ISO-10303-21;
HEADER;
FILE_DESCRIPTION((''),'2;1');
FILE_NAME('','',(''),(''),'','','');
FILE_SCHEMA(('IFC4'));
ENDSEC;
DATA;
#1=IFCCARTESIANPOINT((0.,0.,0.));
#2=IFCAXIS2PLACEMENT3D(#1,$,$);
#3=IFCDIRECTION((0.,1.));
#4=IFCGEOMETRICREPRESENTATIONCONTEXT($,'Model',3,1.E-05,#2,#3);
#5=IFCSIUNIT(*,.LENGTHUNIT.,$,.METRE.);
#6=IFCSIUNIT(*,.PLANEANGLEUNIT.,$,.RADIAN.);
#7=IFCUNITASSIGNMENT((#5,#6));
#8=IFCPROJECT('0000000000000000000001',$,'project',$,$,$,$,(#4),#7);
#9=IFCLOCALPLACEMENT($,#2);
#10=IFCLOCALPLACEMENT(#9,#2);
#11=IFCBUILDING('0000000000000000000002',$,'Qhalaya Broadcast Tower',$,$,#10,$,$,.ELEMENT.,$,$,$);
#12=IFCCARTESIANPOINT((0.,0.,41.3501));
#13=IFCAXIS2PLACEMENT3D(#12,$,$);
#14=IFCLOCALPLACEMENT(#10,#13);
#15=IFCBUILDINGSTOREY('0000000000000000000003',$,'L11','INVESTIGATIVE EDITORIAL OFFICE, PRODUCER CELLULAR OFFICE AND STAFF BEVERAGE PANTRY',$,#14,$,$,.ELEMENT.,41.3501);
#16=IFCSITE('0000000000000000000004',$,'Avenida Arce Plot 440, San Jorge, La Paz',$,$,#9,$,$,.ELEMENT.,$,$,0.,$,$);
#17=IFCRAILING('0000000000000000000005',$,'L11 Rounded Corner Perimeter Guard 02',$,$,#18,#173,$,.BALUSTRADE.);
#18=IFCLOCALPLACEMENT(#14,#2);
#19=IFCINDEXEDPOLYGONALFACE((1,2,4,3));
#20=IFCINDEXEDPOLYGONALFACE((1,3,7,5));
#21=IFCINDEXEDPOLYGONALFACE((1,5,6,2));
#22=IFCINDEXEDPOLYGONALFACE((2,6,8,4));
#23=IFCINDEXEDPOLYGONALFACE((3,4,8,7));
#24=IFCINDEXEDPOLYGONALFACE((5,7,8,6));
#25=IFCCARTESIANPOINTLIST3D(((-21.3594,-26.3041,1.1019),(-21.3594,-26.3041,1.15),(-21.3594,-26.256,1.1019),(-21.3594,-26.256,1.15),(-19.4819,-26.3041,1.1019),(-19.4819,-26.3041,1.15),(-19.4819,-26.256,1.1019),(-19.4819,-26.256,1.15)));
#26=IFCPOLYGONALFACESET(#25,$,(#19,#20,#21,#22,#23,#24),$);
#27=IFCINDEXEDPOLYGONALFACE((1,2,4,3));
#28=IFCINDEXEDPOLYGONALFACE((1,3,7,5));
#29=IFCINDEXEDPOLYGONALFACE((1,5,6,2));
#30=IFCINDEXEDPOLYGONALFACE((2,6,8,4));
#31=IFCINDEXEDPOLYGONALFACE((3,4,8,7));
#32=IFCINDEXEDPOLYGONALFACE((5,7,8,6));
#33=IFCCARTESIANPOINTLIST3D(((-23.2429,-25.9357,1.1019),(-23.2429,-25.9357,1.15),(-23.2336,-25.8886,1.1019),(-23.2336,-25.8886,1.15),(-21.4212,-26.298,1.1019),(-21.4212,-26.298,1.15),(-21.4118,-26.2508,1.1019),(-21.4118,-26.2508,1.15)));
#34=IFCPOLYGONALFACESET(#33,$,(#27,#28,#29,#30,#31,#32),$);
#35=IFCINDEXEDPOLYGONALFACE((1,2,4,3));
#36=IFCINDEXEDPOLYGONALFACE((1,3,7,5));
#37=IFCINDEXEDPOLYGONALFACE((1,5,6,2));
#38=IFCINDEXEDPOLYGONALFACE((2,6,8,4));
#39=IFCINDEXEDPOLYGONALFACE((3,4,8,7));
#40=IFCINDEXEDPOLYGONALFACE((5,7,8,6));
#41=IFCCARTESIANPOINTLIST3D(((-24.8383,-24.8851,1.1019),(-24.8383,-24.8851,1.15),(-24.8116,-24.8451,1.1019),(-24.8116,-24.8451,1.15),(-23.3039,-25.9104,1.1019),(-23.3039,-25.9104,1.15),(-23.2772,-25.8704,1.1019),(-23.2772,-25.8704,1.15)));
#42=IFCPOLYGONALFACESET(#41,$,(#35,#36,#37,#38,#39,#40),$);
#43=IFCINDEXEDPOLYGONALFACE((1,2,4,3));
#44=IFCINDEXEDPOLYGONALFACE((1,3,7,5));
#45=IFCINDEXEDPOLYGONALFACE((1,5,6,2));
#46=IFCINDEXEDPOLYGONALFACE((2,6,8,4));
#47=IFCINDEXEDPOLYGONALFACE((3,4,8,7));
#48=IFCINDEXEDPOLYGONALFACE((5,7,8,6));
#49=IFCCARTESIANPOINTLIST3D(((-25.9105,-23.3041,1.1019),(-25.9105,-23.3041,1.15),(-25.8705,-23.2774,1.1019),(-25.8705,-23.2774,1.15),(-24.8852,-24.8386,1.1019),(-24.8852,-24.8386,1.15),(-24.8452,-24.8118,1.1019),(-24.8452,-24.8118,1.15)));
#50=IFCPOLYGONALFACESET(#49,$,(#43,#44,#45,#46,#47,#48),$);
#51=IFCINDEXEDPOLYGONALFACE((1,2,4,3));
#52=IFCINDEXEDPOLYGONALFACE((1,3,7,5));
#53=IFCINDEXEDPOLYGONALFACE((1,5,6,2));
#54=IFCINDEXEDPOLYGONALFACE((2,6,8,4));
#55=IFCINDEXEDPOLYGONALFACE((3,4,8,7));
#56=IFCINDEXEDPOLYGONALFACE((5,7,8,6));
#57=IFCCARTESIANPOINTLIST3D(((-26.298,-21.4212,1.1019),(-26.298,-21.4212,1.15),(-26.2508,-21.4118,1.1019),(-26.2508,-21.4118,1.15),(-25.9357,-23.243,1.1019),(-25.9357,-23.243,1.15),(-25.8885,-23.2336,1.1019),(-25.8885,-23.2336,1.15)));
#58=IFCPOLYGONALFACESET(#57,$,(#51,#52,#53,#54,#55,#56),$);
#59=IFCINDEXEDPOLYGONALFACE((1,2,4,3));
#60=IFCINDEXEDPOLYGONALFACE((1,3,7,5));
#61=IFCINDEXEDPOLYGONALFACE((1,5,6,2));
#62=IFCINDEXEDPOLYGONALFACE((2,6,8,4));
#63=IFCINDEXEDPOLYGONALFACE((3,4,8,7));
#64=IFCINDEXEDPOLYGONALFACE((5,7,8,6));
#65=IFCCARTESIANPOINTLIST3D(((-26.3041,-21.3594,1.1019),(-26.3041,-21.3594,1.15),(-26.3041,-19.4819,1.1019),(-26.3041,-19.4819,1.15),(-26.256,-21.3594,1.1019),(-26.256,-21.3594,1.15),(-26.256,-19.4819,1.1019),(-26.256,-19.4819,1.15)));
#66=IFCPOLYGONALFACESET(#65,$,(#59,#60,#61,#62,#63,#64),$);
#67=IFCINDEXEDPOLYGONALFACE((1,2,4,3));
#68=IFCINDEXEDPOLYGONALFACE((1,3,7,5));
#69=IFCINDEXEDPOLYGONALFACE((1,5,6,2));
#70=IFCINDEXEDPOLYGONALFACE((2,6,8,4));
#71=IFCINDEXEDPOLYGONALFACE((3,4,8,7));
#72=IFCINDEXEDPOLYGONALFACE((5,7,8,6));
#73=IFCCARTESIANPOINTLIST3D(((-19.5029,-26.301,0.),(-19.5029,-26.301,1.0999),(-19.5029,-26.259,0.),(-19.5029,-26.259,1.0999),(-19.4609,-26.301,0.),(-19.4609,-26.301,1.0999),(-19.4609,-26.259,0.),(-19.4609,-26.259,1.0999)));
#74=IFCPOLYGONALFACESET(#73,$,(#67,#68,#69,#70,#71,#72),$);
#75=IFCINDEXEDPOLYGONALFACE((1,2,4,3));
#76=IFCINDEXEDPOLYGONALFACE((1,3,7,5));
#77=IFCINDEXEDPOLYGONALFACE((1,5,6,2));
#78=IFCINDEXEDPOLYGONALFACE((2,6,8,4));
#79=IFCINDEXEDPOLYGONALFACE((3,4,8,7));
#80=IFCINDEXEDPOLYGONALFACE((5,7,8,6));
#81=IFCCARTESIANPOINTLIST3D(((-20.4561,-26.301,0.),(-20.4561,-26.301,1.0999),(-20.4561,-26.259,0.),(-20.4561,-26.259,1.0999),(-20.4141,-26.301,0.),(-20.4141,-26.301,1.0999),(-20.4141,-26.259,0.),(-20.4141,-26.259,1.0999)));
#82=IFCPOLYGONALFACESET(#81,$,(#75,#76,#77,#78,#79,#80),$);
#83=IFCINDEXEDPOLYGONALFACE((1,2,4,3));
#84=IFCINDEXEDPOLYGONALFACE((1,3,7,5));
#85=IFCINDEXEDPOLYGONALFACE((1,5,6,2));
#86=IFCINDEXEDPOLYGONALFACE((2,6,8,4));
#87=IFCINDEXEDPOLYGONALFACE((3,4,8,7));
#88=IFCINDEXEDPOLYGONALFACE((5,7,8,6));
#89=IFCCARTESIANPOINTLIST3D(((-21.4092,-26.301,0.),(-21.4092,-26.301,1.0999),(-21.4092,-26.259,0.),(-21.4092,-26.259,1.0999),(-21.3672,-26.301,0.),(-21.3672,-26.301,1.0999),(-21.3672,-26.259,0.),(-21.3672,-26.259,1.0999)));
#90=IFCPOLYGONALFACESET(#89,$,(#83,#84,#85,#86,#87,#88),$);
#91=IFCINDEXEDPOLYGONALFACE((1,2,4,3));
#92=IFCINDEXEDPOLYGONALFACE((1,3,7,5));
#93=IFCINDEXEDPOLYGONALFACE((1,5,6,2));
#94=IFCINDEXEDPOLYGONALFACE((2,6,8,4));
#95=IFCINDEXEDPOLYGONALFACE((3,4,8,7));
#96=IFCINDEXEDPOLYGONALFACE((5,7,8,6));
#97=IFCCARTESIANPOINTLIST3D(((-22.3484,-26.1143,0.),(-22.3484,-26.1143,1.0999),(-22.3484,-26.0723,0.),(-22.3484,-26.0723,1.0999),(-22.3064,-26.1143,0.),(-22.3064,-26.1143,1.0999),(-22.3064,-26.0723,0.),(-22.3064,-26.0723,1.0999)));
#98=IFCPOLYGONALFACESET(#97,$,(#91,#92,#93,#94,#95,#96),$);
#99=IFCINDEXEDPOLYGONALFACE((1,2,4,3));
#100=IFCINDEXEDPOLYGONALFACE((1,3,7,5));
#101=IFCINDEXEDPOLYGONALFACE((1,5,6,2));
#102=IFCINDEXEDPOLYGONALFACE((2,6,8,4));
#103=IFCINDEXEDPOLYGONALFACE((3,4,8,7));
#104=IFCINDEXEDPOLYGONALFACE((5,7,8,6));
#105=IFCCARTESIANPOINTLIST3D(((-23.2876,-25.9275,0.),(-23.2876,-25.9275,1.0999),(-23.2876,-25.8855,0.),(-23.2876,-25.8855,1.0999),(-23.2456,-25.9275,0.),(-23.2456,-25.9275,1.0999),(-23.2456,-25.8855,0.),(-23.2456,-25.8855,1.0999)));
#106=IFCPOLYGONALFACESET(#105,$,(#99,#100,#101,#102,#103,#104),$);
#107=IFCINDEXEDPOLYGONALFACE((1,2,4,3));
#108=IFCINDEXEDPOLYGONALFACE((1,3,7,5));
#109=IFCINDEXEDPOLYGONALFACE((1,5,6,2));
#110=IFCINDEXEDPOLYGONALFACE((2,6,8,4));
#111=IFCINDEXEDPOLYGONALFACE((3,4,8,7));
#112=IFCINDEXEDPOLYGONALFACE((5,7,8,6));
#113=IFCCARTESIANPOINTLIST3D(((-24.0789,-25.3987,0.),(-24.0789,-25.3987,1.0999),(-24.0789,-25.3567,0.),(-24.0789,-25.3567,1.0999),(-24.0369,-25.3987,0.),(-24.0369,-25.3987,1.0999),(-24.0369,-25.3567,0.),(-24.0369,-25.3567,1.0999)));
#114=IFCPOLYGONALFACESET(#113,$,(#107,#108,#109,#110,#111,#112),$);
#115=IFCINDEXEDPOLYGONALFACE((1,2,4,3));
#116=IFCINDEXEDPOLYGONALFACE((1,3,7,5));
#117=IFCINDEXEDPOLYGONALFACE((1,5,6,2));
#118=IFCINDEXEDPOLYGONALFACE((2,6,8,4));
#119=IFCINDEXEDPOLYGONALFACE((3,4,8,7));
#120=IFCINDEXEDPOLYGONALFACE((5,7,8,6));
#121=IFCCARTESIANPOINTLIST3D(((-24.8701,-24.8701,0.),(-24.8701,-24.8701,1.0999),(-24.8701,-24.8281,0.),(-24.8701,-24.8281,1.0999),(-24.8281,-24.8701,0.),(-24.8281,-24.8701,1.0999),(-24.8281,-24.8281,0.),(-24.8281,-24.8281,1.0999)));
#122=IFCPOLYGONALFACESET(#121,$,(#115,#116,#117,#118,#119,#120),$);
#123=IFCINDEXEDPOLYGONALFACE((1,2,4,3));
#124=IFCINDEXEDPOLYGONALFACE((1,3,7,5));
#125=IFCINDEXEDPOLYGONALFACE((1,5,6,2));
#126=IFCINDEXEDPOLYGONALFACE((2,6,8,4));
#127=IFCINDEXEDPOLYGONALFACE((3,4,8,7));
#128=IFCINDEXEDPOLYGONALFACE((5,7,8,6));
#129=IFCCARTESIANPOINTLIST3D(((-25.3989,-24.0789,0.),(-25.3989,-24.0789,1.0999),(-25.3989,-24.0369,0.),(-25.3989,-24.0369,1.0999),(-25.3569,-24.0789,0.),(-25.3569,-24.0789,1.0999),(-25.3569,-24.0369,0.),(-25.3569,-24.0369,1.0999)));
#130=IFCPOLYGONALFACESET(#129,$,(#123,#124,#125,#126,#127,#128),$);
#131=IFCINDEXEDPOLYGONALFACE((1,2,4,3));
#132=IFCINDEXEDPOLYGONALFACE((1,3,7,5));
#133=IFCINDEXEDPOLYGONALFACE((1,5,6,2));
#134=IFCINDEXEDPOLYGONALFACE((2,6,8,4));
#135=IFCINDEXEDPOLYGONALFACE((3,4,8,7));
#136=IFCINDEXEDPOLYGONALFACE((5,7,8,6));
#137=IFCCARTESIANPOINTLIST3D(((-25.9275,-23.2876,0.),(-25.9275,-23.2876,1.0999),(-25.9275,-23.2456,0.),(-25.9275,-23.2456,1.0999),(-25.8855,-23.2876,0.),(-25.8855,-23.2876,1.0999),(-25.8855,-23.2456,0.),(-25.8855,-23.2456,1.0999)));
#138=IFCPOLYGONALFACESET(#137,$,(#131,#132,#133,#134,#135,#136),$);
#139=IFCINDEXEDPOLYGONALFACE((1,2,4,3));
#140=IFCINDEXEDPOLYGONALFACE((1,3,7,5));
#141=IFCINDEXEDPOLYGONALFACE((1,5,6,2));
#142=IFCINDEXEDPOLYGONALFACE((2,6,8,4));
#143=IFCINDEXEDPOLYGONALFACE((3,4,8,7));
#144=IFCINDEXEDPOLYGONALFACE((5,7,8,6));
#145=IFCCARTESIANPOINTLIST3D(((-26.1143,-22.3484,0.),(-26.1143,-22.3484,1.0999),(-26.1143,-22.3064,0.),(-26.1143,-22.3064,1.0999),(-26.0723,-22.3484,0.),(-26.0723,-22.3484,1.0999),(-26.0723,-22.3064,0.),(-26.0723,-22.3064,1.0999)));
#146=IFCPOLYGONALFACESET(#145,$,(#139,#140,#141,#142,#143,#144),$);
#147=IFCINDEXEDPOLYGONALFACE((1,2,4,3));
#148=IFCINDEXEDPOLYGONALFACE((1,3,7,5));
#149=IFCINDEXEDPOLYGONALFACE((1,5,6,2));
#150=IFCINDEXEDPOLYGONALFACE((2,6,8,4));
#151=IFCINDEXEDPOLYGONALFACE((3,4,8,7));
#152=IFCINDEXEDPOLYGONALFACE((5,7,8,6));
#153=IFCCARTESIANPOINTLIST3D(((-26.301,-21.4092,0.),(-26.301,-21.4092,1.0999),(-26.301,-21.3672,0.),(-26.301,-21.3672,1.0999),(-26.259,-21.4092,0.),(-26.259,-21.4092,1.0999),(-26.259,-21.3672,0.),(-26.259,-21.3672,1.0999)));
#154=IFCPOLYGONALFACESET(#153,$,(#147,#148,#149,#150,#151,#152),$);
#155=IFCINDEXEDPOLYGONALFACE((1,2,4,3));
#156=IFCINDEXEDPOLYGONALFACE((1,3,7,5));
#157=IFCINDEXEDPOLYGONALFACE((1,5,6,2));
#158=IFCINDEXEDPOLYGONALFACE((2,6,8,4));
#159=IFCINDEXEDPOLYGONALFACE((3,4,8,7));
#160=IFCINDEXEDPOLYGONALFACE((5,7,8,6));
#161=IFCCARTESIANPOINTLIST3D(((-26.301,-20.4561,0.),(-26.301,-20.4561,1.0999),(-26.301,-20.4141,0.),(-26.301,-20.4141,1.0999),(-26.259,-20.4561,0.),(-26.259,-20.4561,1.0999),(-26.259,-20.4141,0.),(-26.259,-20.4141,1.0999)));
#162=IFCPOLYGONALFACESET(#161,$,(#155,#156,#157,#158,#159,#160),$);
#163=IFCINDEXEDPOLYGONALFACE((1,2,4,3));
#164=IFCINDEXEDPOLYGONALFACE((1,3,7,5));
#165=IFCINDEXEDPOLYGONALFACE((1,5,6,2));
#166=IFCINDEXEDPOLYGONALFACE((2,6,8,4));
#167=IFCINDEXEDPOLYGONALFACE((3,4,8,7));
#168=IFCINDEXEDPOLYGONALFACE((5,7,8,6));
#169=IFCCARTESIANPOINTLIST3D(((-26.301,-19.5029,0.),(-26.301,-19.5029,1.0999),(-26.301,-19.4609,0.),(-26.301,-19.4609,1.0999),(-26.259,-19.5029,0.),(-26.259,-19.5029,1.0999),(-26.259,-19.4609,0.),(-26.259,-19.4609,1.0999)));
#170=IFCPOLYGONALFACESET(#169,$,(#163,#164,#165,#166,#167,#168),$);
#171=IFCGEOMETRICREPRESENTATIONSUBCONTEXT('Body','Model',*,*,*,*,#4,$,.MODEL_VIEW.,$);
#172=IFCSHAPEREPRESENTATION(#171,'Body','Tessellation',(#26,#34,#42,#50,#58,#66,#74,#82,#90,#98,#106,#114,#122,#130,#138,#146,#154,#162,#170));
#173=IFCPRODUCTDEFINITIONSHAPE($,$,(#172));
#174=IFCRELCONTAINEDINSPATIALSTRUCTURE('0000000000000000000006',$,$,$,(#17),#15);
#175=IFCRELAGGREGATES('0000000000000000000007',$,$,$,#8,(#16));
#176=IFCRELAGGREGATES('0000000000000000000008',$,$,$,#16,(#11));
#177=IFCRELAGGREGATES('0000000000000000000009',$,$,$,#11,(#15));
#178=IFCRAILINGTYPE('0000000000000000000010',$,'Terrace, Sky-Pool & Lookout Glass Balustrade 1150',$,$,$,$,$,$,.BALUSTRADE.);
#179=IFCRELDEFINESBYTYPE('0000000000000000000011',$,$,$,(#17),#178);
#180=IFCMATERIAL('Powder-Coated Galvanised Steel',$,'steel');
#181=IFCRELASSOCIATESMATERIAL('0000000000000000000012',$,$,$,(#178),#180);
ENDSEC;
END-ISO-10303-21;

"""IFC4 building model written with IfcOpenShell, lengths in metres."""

from ifc_helpers import new_model, si_unit, direction, frame, origin, origin_2d, place, context, subcontext, project, spatial, rectangle, extrude, material, type_object, element, save


model = new_model("IFC4")

# Units and contexts
model_context = context("Model", 3, precision=1e-05, world=origin(), true_north=direction((0.0, 1.0)))
body_context = subcontext(model_context, "Body", "Model", "MODEL_VIEW")
ifc_project = project(units=[si_unit("LENGTHUNIT", "METRE"), si_unit("PLANEANGLEUNIT", "RADIAN")], contexts=[model_context])

# Site, building, storey
site_placement = place(None, origin())
site = spatial("IfcSite", under=ifc_project, at=site_placement, Name="Avenida Arce Plot 440, San Jorge, La Paz", CompositionType="ELEMENT", RefElevation=0.0)
building_placement = place(site_placement, origin())
building = spatial("IfcBuilding", under=site, at=building_placement, Name="Qhalaya Broadcast Tower", CompositionType="ELEMENT")
storey_placement = place(building_placement, frame((0.0, 0.0, 41.3501)))
storey = spatial("IfcBuildingStorey", under=building, at=storey_placement, Name="L11", Description="INVESTIGATIVE EDITORIAL OFFICE, PRODUCER CELLULAR OFFICE AND STAFF BEVERAGE PANTRY", CompositionType="ELEMENT", Elevation=41.3501)

# Railing
ifc_material_1 = material(Name="Powder-Coated Galvanised Steel", Category="steel")
railing_type = type_object("IfcRailingType", Name="Terrace, Sky-Pool & Lookout Glass Balustrade 1150", PredefinedType="BALUSTRADE", material=ifc_material_1)
railing_placement = place(storey_placement, frame((-19.4819, -26.28, 0.0)))
element("IfcRailing", 1, at=railing_placement, inside=storey, type_object=railing_type, Name="L11 Rounded Corner Perimeter Guard 02", PredefinedType="BALUSTRADE", context=body_context, shape_type="SweptSolid", body=[
    extrude(rectangle(XDim=0.0481, YDim=0.0481, at=origin_2d()), frame((0.0, 0.0, 1.126), z_axis=(-1.0, 0.0, 0.0), x_axis=(0.0, -1.0, 0.0)), (0.0, 0.0, 1.0), 1.8774),
    extrude(rectangle(XDim=0.0481, YDim=0.0481, at=origin_2d()), frame((-1.9346, 0.0056, 1.126), z_axis=(-0.980796, 0.195037, 0.0), x_axis=(-0.195037, -0.980796, 0.0)), (0.0, 0.0, 1.0), 1.8574),
    extrude(rectangle(XDim=0.0481, YDim=0.0481, at=origin_2d()), frame((-3.8086, 0.3896, 1.126), z_axis=(-0.831478, 0.555558, 0.0), x_axis=(-0.555558, -0.831478, 0.0)), (0.0, 0.0, 1.0), 1.8455),
    extrude(rectangle(XDim=0.0481, YDim=0.0481, at=origin_2d()), frame((-5.3833, 1.4548, 1.126), z_axis=(-0.555558, 0.831478, 0.0), x_axis=(-0.831478, -0.555558, 0.0)), (0.0, 0.0, 1.0), 1.8455),
    extrude(rectangle(XDim=0.0481, YDim=0.0481, at=origin_2d()), frame((-6.4302, 3.0417, 1.126), z_axis=(-0.195037, 0.980796, 0.0), x_axis=(-0.980796, -0.195037, 0.0)), (0.0, 0.0, 1.0), 1.8574),
    extrude(rectangle(XDim=0.0481, YDim=0.0481, at=origin_2d()), frame((-6.7981, 4.9207, 1.126), z_axis=(0.0, 1.0, 0.0), x_axis=(-1.0, 0.0, 0.0)), (0.0, 0.0, 1.0), 1.8774),
    extrude(rectangle(XDim=0.042, YDim=0.042, at=origin_2d()), origin(), (0.0, 0.0, 1.0), 1.0999),
    extrude(rectangle(XDim=0.042, YDim=0.042, at=origin_2d()), frame((-0.9531, 0.0, 0.0)), (0.0, 0.0, 1.0), 1.0999),
    extrude(rectangle(XDim=0.042, YDim=0.042, at=origin_2d()), frame((-1.9062, 0.0, 0.0)), (0.0, 0.0, 1.0), 1.0999),
    extrude(rectangle(XDim=0.042, YDim=0.042, at=origin_2d()), frame((-2.8455, 0.1868, 0.0)), (0.0, 0.0, 1.0), 1.0999),
    extrude(rectangle(XDim=0.042, YDim=0.042, at=origin_2d()), frame((-3.7847, 0.3735, 0.0)), (0.0, 0.0, 1.0), 1.0999),
    extrude(rectangle(XDim=0.042, YDim=0.042, at=origin_2d()), frame((-4.5759, 0.9023, 0.0)), (0.0, 0.0, 1.0), 1.0999),
    extrude(rectangle(XDim=0.042, YDim=0.042, at=origin_2d()), frame((-5.3672, 1.4309, 0.0)), (0.0, 0.0, 1.0), 1.0999),
    extrude(rectangle(XDim=0.042, YDim=0.042, at=origin_2d()), frame((-5.896, 2.2222, 0.0)), (0.0, 0.0, 1.0), 1.0999),
    extrude(rectangle(XDim=0.042, YDim=0.042, at=origin_2d()), frame((-6.4246, 3.0134, 0.0)), (0.0, 0.0, 1.0), 1.0999),
    extrude(rectangle(XDim=0.042, YDim=0.042, at=origin_2d()), frame((-6.6113, 3.9526, 0.0)), (0.0, 0.0, 1.0), 1.0999),
    extrude(rectangle(XDim=0.042, YDim=0.042, at=origin_2d()), frame((-6.7981, 4.8918, 0.0)), (0.0, 0.0, 1.0), 1.0999),
    extrude(rectangle(XDim=0.042, YDim=0.042, at=origin_2d()), frame((-6.7981, 5.845, 0.0)), (0.0, 0.0, 1.0), 1.0999),
    extrude(rectangle(XDim=0.042, YDim=0.042, at=origin_2d()), frame((-6.7981, 6.7981, 0.0)), (0.0, 0.0, 1.0), 1.0999),
])

save(model, "model.ifc")
